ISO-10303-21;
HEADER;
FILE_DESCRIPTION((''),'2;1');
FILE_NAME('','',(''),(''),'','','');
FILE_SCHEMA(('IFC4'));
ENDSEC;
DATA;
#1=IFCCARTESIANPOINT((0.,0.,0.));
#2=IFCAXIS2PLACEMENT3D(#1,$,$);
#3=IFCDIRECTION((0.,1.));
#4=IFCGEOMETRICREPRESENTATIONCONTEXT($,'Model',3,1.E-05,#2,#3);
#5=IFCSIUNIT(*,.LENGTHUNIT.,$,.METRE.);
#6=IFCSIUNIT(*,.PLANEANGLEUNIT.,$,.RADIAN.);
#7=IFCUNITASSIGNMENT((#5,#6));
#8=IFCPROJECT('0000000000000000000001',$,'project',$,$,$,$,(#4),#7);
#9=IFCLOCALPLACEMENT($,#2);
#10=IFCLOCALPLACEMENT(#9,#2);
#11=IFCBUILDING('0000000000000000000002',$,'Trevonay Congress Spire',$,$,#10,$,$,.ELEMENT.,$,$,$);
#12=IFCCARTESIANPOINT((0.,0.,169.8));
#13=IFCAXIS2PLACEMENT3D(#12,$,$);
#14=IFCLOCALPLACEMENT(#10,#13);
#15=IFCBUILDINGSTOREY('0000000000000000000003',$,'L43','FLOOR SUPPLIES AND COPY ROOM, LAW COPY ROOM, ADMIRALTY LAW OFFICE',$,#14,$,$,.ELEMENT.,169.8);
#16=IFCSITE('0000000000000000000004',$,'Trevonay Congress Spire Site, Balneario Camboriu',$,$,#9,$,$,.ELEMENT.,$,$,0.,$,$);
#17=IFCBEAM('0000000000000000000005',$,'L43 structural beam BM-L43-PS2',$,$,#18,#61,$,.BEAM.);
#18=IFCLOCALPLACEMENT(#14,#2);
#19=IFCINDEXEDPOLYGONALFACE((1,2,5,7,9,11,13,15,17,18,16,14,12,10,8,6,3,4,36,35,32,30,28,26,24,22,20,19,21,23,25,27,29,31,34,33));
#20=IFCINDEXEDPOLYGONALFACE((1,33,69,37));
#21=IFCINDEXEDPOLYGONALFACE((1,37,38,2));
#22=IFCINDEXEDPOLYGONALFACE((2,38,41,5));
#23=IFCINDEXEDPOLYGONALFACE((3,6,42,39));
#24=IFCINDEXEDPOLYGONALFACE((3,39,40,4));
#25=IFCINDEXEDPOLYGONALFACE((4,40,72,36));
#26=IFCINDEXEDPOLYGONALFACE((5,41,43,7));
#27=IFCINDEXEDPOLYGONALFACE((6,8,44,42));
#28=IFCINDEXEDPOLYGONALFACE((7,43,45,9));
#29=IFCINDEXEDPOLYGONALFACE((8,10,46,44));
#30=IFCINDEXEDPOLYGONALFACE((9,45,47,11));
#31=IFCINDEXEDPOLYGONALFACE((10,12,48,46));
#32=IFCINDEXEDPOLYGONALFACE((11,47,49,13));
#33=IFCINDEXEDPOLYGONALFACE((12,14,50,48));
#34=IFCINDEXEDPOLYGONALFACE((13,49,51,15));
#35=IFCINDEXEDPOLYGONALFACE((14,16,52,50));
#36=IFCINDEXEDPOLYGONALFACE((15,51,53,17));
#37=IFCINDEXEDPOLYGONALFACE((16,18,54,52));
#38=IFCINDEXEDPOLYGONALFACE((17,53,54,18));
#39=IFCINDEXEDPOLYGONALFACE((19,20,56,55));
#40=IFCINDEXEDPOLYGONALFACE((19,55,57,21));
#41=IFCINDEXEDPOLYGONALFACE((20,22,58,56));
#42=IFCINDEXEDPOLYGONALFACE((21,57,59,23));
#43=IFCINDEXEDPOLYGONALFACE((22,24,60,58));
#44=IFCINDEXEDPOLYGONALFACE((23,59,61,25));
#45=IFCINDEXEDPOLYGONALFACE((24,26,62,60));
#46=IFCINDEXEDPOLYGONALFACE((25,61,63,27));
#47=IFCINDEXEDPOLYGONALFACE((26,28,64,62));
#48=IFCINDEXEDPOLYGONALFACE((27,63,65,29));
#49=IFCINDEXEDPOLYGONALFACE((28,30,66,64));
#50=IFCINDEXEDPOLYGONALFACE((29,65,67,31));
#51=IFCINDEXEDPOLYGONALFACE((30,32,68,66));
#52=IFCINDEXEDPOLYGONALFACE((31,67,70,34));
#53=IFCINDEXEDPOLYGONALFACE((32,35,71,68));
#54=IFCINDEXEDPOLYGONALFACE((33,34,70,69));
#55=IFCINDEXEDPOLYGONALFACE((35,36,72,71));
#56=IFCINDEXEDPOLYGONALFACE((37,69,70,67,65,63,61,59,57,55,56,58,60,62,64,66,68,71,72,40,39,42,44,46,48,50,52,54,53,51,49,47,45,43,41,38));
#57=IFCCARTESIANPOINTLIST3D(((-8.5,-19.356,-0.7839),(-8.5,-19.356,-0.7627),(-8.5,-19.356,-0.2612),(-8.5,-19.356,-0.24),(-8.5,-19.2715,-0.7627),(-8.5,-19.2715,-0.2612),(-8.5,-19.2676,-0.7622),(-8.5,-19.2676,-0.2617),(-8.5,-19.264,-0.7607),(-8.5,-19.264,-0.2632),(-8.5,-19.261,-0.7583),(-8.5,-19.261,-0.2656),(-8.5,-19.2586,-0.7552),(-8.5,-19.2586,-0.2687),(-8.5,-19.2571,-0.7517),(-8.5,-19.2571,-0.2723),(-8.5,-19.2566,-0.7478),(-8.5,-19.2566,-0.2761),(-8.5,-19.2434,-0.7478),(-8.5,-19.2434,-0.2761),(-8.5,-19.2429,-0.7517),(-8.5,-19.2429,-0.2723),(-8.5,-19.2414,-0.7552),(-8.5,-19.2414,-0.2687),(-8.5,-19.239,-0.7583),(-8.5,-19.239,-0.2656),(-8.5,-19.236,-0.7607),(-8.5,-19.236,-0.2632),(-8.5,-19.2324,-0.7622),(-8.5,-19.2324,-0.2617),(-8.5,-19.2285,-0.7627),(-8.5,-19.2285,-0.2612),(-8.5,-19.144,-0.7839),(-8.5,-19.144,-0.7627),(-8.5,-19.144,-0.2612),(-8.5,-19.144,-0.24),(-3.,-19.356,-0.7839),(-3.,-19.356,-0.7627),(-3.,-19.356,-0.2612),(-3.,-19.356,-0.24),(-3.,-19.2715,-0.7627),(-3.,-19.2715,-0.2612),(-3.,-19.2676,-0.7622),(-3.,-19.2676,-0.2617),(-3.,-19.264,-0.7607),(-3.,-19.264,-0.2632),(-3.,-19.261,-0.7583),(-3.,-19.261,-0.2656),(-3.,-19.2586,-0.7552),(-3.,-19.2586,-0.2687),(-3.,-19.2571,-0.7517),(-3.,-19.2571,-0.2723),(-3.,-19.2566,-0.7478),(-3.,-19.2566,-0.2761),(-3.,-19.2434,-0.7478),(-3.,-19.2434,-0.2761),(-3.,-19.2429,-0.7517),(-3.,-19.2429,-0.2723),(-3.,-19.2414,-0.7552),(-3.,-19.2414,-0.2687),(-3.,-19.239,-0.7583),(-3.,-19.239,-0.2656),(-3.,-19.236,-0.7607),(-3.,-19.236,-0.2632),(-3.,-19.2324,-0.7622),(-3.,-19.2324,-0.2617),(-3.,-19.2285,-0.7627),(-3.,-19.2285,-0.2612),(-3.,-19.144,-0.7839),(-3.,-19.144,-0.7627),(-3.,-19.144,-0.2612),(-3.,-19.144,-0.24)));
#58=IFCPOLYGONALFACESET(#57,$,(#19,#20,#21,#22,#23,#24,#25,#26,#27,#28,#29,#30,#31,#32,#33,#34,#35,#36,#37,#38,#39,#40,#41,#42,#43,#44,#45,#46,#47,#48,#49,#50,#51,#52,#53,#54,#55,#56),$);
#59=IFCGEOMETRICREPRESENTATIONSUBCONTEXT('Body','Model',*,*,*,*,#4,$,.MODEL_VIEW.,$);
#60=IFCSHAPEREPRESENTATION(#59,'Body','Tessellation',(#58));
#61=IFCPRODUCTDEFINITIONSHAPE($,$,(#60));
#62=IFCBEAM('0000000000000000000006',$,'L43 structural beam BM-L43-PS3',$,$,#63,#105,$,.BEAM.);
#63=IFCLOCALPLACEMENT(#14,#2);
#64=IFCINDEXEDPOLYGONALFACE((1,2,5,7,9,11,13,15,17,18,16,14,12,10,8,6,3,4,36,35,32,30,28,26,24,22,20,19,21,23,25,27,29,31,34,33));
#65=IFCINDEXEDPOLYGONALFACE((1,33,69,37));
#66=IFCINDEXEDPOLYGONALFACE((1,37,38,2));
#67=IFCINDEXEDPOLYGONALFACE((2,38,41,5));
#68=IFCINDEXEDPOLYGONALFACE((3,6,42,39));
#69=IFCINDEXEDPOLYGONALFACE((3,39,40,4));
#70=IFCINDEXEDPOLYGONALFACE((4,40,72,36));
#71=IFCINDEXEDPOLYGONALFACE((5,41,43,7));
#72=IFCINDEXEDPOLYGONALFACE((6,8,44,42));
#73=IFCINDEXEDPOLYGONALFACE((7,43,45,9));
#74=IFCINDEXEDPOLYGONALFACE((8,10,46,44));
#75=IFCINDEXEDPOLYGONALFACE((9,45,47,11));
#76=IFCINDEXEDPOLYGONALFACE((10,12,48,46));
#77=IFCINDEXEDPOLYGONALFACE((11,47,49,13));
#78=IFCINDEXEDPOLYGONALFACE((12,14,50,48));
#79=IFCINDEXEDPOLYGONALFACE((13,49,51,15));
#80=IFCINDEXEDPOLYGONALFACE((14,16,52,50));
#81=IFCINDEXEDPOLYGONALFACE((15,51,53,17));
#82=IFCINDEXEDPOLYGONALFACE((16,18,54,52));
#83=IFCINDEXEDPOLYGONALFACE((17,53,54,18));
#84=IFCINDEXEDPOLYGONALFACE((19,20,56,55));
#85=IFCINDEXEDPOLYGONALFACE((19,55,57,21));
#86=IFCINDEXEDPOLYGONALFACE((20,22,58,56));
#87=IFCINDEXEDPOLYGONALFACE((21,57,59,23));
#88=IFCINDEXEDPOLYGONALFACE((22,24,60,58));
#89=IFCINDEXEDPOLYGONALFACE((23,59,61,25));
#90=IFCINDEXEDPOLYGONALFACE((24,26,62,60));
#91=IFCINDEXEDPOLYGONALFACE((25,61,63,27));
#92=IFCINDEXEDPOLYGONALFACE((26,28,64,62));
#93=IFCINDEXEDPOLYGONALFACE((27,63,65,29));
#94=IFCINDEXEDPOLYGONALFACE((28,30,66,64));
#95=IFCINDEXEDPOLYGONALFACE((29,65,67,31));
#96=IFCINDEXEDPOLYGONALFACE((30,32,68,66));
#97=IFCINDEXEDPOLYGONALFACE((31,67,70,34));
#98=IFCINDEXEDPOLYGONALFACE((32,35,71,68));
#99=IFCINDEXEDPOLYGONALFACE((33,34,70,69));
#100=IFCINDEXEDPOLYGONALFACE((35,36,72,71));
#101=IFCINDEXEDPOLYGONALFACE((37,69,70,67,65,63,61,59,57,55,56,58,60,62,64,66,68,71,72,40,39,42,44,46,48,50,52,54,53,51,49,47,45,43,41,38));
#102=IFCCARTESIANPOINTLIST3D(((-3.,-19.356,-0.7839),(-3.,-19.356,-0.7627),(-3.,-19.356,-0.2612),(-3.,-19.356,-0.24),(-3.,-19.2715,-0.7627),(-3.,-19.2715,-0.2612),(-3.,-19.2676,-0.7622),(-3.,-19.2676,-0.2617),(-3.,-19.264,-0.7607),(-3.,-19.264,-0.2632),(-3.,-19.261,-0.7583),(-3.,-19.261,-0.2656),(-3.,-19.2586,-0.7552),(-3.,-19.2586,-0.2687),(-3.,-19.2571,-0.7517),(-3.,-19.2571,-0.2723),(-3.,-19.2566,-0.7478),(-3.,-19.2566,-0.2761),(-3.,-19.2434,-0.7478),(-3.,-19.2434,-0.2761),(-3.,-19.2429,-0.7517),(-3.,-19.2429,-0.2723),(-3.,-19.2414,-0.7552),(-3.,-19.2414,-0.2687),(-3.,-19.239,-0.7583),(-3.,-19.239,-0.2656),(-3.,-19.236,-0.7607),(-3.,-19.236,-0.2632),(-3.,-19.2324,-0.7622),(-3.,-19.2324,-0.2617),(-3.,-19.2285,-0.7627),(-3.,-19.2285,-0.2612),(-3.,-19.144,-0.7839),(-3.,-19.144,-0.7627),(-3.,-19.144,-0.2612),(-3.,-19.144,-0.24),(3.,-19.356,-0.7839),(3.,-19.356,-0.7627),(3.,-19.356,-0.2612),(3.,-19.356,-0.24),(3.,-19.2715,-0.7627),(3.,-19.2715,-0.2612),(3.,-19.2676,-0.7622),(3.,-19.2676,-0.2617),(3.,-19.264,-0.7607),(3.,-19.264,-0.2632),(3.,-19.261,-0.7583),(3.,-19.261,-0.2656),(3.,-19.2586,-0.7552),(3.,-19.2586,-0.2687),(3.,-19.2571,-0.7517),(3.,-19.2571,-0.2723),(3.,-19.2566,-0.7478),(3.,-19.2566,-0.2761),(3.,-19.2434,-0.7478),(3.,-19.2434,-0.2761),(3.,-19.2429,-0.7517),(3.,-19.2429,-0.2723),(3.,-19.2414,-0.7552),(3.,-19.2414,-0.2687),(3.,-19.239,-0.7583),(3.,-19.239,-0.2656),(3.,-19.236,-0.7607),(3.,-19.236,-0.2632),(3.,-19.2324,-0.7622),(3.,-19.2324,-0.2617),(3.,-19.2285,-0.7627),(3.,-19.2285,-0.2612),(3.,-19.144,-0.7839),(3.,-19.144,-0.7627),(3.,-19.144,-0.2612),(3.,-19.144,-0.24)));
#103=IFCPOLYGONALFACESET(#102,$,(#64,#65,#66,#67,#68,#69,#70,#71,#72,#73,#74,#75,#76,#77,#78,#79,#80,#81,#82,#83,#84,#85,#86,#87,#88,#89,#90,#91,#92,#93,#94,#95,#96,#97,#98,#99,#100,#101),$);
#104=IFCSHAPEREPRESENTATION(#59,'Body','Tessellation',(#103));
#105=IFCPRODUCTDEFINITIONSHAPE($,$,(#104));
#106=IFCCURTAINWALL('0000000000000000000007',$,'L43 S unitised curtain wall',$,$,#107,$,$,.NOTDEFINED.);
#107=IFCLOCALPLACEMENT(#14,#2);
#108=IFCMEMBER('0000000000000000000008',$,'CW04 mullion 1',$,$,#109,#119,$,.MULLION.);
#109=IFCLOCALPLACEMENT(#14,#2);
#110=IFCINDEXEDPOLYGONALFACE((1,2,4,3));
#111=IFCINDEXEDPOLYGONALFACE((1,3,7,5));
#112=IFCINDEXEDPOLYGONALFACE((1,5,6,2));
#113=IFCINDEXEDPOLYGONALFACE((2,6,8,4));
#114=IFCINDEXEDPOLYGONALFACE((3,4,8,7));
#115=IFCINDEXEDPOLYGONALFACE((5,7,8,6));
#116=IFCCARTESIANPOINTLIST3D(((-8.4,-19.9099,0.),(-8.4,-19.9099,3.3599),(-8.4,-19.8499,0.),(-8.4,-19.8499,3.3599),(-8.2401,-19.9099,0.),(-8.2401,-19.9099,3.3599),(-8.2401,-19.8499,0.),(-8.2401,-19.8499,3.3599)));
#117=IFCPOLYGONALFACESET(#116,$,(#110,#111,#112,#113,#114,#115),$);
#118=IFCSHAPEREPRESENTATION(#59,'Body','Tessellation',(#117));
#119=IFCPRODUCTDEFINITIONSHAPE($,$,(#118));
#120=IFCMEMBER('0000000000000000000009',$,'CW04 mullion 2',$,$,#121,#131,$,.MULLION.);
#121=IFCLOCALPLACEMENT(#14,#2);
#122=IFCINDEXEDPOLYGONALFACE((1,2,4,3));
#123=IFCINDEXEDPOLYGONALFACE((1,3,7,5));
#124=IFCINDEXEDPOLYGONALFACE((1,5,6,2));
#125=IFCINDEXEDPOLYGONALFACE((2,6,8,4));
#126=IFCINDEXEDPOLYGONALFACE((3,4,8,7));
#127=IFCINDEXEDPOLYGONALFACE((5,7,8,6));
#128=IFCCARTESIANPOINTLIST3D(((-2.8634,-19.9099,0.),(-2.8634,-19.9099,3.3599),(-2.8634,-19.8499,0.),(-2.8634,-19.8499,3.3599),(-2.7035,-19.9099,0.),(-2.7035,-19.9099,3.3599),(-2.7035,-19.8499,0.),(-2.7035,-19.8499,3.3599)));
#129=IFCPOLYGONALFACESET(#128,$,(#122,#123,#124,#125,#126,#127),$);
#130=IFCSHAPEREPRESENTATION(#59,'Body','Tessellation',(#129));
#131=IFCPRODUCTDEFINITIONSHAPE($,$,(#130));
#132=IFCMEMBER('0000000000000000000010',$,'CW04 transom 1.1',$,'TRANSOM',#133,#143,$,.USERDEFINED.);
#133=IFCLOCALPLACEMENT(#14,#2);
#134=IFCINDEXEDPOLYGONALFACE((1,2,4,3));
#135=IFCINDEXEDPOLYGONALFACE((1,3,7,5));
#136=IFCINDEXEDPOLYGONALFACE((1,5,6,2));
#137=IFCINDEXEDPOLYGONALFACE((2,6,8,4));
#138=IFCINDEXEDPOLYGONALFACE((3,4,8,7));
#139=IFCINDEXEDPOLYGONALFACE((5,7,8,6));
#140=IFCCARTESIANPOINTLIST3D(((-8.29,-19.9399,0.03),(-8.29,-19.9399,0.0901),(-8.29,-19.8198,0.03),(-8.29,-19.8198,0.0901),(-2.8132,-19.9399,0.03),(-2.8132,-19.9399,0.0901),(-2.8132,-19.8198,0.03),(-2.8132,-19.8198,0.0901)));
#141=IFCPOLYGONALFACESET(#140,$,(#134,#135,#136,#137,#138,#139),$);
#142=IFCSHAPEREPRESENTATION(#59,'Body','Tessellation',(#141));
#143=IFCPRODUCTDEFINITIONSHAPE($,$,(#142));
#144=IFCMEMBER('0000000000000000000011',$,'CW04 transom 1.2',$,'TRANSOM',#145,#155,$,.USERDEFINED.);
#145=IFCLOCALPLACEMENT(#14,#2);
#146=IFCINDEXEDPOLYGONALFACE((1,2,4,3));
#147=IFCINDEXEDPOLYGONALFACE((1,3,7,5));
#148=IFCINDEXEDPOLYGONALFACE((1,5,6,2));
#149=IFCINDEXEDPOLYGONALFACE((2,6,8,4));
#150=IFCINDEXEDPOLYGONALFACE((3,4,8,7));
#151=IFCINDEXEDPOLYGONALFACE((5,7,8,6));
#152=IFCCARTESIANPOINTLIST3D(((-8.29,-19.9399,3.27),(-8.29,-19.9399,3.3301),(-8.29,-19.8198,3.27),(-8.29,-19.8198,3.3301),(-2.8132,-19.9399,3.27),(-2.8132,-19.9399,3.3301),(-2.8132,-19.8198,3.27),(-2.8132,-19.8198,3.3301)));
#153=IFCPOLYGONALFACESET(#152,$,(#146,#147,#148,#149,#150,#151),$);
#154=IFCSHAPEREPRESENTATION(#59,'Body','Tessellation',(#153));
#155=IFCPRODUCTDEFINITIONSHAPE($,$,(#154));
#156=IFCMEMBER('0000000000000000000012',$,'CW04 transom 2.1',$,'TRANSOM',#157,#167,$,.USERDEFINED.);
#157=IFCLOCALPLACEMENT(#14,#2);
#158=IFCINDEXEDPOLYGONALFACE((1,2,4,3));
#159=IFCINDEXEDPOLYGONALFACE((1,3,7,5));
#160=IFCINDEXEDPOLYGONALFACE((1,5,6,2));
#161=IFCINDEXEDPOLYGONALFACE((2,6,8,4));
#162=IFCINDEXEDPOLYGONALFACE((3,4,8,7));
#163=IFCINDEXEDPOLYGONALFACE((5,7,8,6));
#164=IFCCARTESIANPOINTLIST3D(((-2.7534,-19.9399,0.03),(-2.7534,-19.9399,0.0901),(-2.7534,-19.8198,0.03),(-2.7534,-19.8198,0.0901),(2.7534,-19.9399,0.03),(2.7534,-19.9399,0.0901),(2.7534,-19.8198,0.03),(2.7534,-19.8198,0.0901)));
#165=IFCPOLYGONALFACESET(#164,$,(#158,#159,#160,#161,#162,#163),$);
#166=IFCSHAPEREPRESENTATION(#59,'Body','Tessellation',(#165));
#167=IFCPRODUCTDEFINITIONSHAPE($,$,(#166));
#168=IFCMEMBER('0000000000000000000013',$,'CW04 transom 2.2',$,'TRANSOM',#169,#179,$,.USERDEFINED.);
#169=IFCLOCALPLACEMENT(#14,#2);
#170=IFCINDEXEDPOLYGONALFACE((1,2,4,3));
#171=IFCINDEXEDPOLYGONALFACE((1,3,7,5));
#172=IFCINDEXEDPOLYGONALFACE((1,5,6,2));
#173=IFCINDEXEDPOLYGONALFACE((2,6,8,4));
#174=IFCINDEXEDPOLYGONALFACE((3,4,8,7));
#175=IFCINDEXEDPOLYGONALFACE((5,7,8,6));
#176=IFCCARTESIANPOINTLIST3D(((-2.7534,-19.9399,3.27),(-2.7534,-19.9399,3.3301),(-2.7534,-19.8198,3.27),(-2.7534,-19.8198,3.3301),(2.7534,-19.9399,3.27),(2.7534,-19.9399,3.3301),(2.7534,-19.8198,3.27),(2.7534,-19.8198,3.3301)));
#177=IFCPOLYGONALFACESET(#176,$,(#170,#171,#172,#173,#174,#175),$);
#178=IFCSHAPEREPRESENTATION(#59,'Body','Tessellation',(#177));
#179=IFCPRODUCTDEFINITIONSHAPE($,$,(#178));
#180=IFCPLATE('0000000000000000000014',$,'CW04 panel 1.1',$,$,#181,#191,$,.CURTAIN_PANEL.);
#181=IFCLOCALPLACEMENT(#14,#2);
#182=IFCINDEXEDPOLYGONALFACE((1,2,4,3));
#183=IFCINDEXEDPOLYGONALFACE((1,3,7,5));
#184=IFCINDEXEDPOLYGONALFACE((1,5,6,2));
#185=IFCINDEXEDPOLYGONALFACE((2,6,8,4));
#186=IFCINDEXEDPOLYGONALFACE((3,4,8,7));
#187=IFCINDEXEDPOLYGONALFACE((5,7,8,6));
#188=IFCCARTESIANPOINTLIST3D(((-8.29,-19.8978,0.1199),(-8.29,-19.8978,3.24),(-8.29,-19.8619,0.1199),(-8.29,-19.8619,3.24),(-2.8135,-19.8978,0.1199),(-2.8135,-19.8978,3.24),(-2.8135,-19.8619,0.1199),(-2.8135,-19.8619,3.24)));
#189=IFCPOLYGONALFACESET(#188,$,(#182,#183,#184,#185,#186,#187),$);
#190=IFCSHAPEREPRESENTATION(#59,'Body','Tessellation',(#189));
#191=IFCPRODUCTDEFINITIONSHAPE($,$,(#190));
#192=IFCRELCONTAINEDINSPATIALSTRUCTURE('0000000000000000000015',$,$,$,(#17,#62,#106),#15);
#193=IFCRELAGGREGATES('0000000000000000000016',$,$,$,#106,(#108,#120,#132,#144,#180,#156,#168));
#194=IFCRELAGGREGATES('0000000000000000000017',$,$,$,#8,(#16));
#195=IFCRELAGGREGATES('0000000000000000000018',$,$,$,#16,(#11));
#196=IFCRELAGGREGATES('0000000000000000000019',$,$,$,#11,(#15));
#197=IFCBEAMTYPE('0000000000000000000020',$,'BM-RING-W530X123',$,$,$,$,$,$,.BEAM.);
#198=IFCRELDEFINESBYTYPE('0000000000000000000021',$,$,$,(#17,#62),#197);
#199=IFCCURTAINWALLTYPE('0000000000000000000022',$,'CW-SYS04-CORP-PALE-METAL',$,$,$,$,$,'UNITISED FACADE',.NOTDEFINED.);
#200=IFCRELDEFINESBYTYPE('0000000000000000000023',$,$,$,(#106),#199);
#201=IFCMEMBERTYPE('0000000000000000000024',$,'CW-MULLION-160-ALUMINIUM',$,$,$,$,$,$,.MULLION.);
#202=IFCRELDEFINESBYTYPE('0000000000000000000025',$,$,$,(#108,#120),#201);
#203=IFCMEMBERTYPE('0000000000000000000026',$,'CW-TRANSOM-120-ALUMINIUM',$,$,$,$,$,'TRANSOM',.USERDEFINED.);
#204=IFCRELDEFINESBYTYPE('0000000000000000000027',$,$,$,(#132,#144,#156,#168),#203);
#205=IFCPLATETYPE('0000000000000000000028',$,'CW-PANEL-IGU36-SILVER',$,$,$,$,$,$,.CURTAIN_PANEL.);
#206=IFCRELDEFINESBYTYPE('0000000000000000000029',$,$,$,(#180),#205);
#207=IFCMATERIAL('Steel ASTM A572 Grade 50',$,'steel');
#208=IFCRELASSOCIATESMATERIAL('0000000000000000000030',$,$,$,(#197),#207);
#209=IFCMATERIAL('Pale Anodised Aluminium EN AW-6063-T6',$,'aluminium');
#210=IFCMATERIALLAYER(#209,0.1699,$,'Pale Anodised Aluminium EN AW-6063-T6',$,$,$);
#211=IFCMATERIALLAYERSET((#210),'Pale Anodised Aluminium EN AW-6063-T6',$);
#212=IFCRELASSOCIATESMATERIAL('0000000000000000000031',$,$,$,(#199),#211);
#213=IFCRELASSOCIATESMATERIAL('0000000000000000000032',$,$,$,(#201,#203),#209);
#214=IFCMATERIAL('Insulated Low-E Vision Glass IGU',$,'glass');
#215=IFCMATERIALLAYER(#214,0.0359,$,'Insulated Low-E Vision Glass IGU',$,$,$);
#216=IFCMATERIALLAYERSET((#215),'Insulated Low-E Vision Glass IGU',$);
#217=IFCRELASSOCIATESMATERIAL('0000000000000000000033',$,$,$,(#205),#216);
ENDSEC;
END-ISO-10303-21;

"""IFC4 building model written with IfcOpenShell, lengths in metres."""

from ifc_helpers import new_model, si_unit, direction, frame, origin, origin_2d, place, context, subcontext, project, spatial, rectangle, i_section, extrude, material, layer, layer_set, material_profile, profile_set, type_object, element, aggregate, save


model = new_model("IFC4")

# Units and contexts
model_context = context("Model", 3, precision=1e-05, world=origin(), true_north=direction((0.0, 1.0)))
body_context = subcontext(model_context, "Body", "Model", "MODEL_VIEW")
ifc_project = project(units=[si_unit("LENGTHUNIT", "METRE"), si_unit("PLANEANGLEUNIT", "RADIAN")], contexts=[model_context])

# Site, building, storey
site_placement = place(None, origin())
site = spatial("IfcSite", under=ifc_project, at=site_placement, Name="Trevonay Congress Spire Site, Balneario Camboriu", CompositionType="ELEMENT", RefElevation=0.0)
building_placement = place(site_placement, origin())
building = spatial("IfcBuilding", under=site, at=building_placement, Name="Trevonay Congress Spire", CompositionType="ELEMENT")
storey_placement = place(building_placement, frame((0.0, 0.0, 169.8)))
storey = spatial("IfcBuildingStorey", under=building, at=storey_placement, Name="L43", Description="FLOOR SUPPLIES AND COPY ROOM, LAW COPY ROOM, ADMIRALTY LAW OFFICE", CompositionType="ELEMENT", Elevation=169.8)

# Shared definitions
ifc_material_1 = material(Name="Steel ASTM A572 Grade 50", Category="steel")

# Beams
ifc_material_profile_1 = material_profile(ifc_material_1, i_section(OverallWidth=0.2119, OverallDepth=0.5439, WebThickness=0.0132, FlangeThickness=0.0212, FilletRadius=0.0149, at=origin_2d()), Name="W530x123")
ifc_profile_set_1 = profile_set([ifc_material_profile_1], Name="Steel ASTM A572 Grade 50")
beam_type_1 = type_object("IfcBeamType", Name="BM-RING-W530X123", PredefinedType="BEAM", material=ifc_profile_set_1)
beam_1_placement = place(storey_placement, frame((-8.5, -19.25, -0.512), z_axis=(1.0, 0.0, 0.0), x_axis=(0.0, 1.0, 0.0)))
element("IfcBeam", 1, at=beam_1_placement, inside=storey, type_object=beam_type_1, Name="L43 structural beam BM-L43-PS2", PredefinedType="BEAM", context=body_context, shape_type="SweptSolid", body=[
    extrude(i_section(OverallWidth=0.2119, OverallDepth=0.5439, WebThickness=0.0132, FlangeThickness=0.0212, FilletRadius=0.0149, at=origin_2d()), origin(), (0.0, 0.0, 1.0), 5.5),
])
beam_2_placement = place(storey_placement, frame((-3.0, -19.25, -0.512), z_axis=(1.0, 0.0, 0.0), x_axis=(0.0, 1.0, 0.0)))
element("IfcBeam", 2, at=beam_2_placement, inside=storey, type_object=beam_type_1, Name="L43 structural beam BM-L43-PS3", PredefinedType="BEAM", context=body_context, shape_type="SweptSolid", body=[
    extrude(i_section(OverallWidth=0.2119, OverallDepth=0.5439, WebThickness=0.0132, FlangeThickness=0.0212, FilletRadius=0.0149, at=origin_2d()), origin(), (0.0, 0.0, 1.0), 6.0),
])

# Curtain wall, members, plate
ifc_material_2 = material(Name="Pale Anodised Aluminium EN AW-6063-T6", Category="aluminium")
ifc_layer_1 = layer(ifc_material_2, 0.1699, Name="Pale Anodised Aluminium EN AW-6063-T6")
ifc_layer_set_1 = layer_set([ifc_layer_1], Name="Pale Anodised Aluminium EN AW-6063-T6")
curtain_wall_type = type_object("IfcCurtainWallType", Name="CW-SYS04-CORP-PALE-METAL", ElementType="UNITISED FACADE", PredefinedType="NOTDEFINED", material=ifc_layer_set_1)
curtain_wall_placement = place(storey_placement, origin())
curtain_wall = element("IfcCurtainWall", 3, at=curtain_wall_placement, inside=storey, type_object=curtain_wall_type, Name="L43 S unitised curtain wall", PredefinedType="NOTDEFINED")
ifc_material_profile_2 = material_profile(ifc_material_2, rectangle(XDim=0.0601, YDim=0.1599, at=origin_2d()), Name="CW-MULLION-160-ALUMINIUM")
ifc_profile_set_2 = profile_set([ifc_material_profile_2], Name="Pale Anodised Aluminium EN AW-6063-T6")
member_type_1 = type_object("IfcMemberType", Name="CW-MULLION-160-ALUMINIUM", PredefinedType="MULLION", material=ifc_profile_set_2)
member_1_placement = place(storey_placement, frame((-8.3201, -19.8799, 0.0), z_axis=(0.0, 0.0, 1.0), x_axis=(0.0, 1.0, 0.0)))
member_1 = element("IfcMember", 4, at=member_1_placement, type_object=member_type_1, Name="CW04 mullion 1", PredefinedType="MULLION", context=body_context, shape_type="SweptSolid", body=[
    extrude(rectangle(XDim=0.0601, YDim=0.1599, at=origin_2d()), origin(), (0.0, 0.0, 1.0), 3.3599),
])
member_2_placement = place(storey_placement, frame((-2.7834, -19.8799, 0.0), z_axis=(0.0, 0.0, 1.0), x_axis=(0.0, 1.0, 0.0)))
member_2 = element("IfcMember", 5, at=member_2_placement, type_object=member_type_1, Name="CW04 mullion 2", PredefinedType="MULLION", context=body_context, shape_type="SweptSolid", body=[
    extrude(rectangle(XDim=0.0601, YDim=0.1599, at=origin_2d()), origin(), (0.0, 0.0, 1.0), 3.3599),
])
ifc_material_profile_3 = material_profile(ifc_material_2, rectangle(XDim=0.1201, YDim=0.0601, at=origin_2d()), Name="CW-TRANSOM-120-ALUMINIUM")
ifc_profile_set_3 = profile_set([ifc_material_profile_3], Name="Pale Anodised Aluminium EN AW-6063-T6")
member_type_2 = type_object("IfcMemberType", Name="CW-TRANSOM-120-ALUMINIUM", ElementType="TRANSOM", PredefinedType="USERDEFINED", material=ifc_profile_set_3)
member_3_placement = place(storey_placement, frame((-8.29, -19.8799, 0.0601), z_axis=(1.0, 0.0, 0.0), x_axis=(0.0, 1.0, 0.0)))
member_3 = element("IfcMember", 6, at=member_3_placement, type_object=member_type_2, Name="CW04 transom 1.1", ObjectType="TRANSOM", PredefinedType="USERDEFINED", context=body_context, shape_type="SweptSolid", body=[
    extrude(rectangle(XDim=0.1201, YDim=0.0601, at=origin_2d()), origin(), (0.0, 0.0, 1.0), 5.4768),
])
member_4_placement = place(storey_placement, frame((-8.29, -19.8799, 3.3), z_axis=(1.0, 0.0, 0.0), x_axis=(0.0, 1.0, 0.0)))
member_4 = element("IfcMember", 7, at=member_4_placement, type_object=member_type_2, Name="CW04 transom 1.2", ObjectType="TRANSOM", PredefinedType="USERDEFINED", context=body_context, shape_type="SweptSolid", body=[
    extrude(rectangle(XDim=0.1201, YDim=0.0601, at=origin_2d()), origin(), (0.0, 0.0, 1.0), 5.4768),
])
member_5_placement = place(storey_placement, frame((-2.7534, -19.8799, 0.0601), z_axis=(1.0, 0.0, 0.0), x_axis=(0.0, 1.0, 0.0)))
member_5 = element("IfcMember", 8, at=member_5_placement, type_object=member_type_2, Name="CW04 transom 2.1", ObjectType="TRANSOM", PredefinedType="USERDEFINED", context=body_context, shape_type="SweptSolid", body=[
    extrude(rectangle(XDim=0.1201, YDim=0.0601, at=origin_2d()), origin(), (0.0, 0.0, 1.0), 5.5068),
])
member_6_placement = place(storey_placement, frame((-2.7534, -19.8799, 3.3), z_axis=(1.0, 0.0, 0.0), x_axis=(0.0, 1.0, 0.0)))
member_6 = element("IfcMember", 9, at=member_6_placement, type_object=member_type_2, Name="CW04 transom 2.2", ObjectType="TRANSOM", PredefinedType="USERDEFINED", context=body_context, shape_type="SweptSolid", body=[
    extrude(rectangle(XDim=0.1201, YDim=0.0601, at=origin_2d()), origin(), (0.0, 0.0, 1.0), 5.5068),
])
ifc_material_3 = material(Name="Insulated Low-E Vision Glass IGU", Category="glass")
ifc_layer_2 = layer(ifc_material_3, 0.0359, Name="Insulated Low-E Vision Glass IGU")
ifc_layer_set_2 = layer_set([ifc_layer_2], Name="Insulated Low-E Vision Glass IGU")
plate_type = type_object("IfcPlateType", Name="CW-PANEL-IGU36-SILVER", PredefinedType="CURTAIN_PANEL", material=ifc_layer_set_2)
plate_1_placement = place(storey_placement, frame((-5.5518, -19.8799, 0.1199), z_axis=(0.0, 0.0, 1.0), x_axis=(1.0, 0.0, 0.0)))
plate_1 = element("IfcPlate", 10, at=plate_1_placement, type_object=plate_type, Name="CW04 panel 1.1", PredefinedType="CURTAIN_PANEL", context=body_context, shape_type="SweptSolid", body=[
    extrude(rectangle(XDim=5.4766, YDim=0.0359, at=origin_2d()), origin(), (0.0, 0.0, 1.0), 3.1201),
])
aggregate(curtain_wall, [member_1, member_2, member_3, member_4, plate_1, member_5, member_6])

save(model, "model.ifc")
